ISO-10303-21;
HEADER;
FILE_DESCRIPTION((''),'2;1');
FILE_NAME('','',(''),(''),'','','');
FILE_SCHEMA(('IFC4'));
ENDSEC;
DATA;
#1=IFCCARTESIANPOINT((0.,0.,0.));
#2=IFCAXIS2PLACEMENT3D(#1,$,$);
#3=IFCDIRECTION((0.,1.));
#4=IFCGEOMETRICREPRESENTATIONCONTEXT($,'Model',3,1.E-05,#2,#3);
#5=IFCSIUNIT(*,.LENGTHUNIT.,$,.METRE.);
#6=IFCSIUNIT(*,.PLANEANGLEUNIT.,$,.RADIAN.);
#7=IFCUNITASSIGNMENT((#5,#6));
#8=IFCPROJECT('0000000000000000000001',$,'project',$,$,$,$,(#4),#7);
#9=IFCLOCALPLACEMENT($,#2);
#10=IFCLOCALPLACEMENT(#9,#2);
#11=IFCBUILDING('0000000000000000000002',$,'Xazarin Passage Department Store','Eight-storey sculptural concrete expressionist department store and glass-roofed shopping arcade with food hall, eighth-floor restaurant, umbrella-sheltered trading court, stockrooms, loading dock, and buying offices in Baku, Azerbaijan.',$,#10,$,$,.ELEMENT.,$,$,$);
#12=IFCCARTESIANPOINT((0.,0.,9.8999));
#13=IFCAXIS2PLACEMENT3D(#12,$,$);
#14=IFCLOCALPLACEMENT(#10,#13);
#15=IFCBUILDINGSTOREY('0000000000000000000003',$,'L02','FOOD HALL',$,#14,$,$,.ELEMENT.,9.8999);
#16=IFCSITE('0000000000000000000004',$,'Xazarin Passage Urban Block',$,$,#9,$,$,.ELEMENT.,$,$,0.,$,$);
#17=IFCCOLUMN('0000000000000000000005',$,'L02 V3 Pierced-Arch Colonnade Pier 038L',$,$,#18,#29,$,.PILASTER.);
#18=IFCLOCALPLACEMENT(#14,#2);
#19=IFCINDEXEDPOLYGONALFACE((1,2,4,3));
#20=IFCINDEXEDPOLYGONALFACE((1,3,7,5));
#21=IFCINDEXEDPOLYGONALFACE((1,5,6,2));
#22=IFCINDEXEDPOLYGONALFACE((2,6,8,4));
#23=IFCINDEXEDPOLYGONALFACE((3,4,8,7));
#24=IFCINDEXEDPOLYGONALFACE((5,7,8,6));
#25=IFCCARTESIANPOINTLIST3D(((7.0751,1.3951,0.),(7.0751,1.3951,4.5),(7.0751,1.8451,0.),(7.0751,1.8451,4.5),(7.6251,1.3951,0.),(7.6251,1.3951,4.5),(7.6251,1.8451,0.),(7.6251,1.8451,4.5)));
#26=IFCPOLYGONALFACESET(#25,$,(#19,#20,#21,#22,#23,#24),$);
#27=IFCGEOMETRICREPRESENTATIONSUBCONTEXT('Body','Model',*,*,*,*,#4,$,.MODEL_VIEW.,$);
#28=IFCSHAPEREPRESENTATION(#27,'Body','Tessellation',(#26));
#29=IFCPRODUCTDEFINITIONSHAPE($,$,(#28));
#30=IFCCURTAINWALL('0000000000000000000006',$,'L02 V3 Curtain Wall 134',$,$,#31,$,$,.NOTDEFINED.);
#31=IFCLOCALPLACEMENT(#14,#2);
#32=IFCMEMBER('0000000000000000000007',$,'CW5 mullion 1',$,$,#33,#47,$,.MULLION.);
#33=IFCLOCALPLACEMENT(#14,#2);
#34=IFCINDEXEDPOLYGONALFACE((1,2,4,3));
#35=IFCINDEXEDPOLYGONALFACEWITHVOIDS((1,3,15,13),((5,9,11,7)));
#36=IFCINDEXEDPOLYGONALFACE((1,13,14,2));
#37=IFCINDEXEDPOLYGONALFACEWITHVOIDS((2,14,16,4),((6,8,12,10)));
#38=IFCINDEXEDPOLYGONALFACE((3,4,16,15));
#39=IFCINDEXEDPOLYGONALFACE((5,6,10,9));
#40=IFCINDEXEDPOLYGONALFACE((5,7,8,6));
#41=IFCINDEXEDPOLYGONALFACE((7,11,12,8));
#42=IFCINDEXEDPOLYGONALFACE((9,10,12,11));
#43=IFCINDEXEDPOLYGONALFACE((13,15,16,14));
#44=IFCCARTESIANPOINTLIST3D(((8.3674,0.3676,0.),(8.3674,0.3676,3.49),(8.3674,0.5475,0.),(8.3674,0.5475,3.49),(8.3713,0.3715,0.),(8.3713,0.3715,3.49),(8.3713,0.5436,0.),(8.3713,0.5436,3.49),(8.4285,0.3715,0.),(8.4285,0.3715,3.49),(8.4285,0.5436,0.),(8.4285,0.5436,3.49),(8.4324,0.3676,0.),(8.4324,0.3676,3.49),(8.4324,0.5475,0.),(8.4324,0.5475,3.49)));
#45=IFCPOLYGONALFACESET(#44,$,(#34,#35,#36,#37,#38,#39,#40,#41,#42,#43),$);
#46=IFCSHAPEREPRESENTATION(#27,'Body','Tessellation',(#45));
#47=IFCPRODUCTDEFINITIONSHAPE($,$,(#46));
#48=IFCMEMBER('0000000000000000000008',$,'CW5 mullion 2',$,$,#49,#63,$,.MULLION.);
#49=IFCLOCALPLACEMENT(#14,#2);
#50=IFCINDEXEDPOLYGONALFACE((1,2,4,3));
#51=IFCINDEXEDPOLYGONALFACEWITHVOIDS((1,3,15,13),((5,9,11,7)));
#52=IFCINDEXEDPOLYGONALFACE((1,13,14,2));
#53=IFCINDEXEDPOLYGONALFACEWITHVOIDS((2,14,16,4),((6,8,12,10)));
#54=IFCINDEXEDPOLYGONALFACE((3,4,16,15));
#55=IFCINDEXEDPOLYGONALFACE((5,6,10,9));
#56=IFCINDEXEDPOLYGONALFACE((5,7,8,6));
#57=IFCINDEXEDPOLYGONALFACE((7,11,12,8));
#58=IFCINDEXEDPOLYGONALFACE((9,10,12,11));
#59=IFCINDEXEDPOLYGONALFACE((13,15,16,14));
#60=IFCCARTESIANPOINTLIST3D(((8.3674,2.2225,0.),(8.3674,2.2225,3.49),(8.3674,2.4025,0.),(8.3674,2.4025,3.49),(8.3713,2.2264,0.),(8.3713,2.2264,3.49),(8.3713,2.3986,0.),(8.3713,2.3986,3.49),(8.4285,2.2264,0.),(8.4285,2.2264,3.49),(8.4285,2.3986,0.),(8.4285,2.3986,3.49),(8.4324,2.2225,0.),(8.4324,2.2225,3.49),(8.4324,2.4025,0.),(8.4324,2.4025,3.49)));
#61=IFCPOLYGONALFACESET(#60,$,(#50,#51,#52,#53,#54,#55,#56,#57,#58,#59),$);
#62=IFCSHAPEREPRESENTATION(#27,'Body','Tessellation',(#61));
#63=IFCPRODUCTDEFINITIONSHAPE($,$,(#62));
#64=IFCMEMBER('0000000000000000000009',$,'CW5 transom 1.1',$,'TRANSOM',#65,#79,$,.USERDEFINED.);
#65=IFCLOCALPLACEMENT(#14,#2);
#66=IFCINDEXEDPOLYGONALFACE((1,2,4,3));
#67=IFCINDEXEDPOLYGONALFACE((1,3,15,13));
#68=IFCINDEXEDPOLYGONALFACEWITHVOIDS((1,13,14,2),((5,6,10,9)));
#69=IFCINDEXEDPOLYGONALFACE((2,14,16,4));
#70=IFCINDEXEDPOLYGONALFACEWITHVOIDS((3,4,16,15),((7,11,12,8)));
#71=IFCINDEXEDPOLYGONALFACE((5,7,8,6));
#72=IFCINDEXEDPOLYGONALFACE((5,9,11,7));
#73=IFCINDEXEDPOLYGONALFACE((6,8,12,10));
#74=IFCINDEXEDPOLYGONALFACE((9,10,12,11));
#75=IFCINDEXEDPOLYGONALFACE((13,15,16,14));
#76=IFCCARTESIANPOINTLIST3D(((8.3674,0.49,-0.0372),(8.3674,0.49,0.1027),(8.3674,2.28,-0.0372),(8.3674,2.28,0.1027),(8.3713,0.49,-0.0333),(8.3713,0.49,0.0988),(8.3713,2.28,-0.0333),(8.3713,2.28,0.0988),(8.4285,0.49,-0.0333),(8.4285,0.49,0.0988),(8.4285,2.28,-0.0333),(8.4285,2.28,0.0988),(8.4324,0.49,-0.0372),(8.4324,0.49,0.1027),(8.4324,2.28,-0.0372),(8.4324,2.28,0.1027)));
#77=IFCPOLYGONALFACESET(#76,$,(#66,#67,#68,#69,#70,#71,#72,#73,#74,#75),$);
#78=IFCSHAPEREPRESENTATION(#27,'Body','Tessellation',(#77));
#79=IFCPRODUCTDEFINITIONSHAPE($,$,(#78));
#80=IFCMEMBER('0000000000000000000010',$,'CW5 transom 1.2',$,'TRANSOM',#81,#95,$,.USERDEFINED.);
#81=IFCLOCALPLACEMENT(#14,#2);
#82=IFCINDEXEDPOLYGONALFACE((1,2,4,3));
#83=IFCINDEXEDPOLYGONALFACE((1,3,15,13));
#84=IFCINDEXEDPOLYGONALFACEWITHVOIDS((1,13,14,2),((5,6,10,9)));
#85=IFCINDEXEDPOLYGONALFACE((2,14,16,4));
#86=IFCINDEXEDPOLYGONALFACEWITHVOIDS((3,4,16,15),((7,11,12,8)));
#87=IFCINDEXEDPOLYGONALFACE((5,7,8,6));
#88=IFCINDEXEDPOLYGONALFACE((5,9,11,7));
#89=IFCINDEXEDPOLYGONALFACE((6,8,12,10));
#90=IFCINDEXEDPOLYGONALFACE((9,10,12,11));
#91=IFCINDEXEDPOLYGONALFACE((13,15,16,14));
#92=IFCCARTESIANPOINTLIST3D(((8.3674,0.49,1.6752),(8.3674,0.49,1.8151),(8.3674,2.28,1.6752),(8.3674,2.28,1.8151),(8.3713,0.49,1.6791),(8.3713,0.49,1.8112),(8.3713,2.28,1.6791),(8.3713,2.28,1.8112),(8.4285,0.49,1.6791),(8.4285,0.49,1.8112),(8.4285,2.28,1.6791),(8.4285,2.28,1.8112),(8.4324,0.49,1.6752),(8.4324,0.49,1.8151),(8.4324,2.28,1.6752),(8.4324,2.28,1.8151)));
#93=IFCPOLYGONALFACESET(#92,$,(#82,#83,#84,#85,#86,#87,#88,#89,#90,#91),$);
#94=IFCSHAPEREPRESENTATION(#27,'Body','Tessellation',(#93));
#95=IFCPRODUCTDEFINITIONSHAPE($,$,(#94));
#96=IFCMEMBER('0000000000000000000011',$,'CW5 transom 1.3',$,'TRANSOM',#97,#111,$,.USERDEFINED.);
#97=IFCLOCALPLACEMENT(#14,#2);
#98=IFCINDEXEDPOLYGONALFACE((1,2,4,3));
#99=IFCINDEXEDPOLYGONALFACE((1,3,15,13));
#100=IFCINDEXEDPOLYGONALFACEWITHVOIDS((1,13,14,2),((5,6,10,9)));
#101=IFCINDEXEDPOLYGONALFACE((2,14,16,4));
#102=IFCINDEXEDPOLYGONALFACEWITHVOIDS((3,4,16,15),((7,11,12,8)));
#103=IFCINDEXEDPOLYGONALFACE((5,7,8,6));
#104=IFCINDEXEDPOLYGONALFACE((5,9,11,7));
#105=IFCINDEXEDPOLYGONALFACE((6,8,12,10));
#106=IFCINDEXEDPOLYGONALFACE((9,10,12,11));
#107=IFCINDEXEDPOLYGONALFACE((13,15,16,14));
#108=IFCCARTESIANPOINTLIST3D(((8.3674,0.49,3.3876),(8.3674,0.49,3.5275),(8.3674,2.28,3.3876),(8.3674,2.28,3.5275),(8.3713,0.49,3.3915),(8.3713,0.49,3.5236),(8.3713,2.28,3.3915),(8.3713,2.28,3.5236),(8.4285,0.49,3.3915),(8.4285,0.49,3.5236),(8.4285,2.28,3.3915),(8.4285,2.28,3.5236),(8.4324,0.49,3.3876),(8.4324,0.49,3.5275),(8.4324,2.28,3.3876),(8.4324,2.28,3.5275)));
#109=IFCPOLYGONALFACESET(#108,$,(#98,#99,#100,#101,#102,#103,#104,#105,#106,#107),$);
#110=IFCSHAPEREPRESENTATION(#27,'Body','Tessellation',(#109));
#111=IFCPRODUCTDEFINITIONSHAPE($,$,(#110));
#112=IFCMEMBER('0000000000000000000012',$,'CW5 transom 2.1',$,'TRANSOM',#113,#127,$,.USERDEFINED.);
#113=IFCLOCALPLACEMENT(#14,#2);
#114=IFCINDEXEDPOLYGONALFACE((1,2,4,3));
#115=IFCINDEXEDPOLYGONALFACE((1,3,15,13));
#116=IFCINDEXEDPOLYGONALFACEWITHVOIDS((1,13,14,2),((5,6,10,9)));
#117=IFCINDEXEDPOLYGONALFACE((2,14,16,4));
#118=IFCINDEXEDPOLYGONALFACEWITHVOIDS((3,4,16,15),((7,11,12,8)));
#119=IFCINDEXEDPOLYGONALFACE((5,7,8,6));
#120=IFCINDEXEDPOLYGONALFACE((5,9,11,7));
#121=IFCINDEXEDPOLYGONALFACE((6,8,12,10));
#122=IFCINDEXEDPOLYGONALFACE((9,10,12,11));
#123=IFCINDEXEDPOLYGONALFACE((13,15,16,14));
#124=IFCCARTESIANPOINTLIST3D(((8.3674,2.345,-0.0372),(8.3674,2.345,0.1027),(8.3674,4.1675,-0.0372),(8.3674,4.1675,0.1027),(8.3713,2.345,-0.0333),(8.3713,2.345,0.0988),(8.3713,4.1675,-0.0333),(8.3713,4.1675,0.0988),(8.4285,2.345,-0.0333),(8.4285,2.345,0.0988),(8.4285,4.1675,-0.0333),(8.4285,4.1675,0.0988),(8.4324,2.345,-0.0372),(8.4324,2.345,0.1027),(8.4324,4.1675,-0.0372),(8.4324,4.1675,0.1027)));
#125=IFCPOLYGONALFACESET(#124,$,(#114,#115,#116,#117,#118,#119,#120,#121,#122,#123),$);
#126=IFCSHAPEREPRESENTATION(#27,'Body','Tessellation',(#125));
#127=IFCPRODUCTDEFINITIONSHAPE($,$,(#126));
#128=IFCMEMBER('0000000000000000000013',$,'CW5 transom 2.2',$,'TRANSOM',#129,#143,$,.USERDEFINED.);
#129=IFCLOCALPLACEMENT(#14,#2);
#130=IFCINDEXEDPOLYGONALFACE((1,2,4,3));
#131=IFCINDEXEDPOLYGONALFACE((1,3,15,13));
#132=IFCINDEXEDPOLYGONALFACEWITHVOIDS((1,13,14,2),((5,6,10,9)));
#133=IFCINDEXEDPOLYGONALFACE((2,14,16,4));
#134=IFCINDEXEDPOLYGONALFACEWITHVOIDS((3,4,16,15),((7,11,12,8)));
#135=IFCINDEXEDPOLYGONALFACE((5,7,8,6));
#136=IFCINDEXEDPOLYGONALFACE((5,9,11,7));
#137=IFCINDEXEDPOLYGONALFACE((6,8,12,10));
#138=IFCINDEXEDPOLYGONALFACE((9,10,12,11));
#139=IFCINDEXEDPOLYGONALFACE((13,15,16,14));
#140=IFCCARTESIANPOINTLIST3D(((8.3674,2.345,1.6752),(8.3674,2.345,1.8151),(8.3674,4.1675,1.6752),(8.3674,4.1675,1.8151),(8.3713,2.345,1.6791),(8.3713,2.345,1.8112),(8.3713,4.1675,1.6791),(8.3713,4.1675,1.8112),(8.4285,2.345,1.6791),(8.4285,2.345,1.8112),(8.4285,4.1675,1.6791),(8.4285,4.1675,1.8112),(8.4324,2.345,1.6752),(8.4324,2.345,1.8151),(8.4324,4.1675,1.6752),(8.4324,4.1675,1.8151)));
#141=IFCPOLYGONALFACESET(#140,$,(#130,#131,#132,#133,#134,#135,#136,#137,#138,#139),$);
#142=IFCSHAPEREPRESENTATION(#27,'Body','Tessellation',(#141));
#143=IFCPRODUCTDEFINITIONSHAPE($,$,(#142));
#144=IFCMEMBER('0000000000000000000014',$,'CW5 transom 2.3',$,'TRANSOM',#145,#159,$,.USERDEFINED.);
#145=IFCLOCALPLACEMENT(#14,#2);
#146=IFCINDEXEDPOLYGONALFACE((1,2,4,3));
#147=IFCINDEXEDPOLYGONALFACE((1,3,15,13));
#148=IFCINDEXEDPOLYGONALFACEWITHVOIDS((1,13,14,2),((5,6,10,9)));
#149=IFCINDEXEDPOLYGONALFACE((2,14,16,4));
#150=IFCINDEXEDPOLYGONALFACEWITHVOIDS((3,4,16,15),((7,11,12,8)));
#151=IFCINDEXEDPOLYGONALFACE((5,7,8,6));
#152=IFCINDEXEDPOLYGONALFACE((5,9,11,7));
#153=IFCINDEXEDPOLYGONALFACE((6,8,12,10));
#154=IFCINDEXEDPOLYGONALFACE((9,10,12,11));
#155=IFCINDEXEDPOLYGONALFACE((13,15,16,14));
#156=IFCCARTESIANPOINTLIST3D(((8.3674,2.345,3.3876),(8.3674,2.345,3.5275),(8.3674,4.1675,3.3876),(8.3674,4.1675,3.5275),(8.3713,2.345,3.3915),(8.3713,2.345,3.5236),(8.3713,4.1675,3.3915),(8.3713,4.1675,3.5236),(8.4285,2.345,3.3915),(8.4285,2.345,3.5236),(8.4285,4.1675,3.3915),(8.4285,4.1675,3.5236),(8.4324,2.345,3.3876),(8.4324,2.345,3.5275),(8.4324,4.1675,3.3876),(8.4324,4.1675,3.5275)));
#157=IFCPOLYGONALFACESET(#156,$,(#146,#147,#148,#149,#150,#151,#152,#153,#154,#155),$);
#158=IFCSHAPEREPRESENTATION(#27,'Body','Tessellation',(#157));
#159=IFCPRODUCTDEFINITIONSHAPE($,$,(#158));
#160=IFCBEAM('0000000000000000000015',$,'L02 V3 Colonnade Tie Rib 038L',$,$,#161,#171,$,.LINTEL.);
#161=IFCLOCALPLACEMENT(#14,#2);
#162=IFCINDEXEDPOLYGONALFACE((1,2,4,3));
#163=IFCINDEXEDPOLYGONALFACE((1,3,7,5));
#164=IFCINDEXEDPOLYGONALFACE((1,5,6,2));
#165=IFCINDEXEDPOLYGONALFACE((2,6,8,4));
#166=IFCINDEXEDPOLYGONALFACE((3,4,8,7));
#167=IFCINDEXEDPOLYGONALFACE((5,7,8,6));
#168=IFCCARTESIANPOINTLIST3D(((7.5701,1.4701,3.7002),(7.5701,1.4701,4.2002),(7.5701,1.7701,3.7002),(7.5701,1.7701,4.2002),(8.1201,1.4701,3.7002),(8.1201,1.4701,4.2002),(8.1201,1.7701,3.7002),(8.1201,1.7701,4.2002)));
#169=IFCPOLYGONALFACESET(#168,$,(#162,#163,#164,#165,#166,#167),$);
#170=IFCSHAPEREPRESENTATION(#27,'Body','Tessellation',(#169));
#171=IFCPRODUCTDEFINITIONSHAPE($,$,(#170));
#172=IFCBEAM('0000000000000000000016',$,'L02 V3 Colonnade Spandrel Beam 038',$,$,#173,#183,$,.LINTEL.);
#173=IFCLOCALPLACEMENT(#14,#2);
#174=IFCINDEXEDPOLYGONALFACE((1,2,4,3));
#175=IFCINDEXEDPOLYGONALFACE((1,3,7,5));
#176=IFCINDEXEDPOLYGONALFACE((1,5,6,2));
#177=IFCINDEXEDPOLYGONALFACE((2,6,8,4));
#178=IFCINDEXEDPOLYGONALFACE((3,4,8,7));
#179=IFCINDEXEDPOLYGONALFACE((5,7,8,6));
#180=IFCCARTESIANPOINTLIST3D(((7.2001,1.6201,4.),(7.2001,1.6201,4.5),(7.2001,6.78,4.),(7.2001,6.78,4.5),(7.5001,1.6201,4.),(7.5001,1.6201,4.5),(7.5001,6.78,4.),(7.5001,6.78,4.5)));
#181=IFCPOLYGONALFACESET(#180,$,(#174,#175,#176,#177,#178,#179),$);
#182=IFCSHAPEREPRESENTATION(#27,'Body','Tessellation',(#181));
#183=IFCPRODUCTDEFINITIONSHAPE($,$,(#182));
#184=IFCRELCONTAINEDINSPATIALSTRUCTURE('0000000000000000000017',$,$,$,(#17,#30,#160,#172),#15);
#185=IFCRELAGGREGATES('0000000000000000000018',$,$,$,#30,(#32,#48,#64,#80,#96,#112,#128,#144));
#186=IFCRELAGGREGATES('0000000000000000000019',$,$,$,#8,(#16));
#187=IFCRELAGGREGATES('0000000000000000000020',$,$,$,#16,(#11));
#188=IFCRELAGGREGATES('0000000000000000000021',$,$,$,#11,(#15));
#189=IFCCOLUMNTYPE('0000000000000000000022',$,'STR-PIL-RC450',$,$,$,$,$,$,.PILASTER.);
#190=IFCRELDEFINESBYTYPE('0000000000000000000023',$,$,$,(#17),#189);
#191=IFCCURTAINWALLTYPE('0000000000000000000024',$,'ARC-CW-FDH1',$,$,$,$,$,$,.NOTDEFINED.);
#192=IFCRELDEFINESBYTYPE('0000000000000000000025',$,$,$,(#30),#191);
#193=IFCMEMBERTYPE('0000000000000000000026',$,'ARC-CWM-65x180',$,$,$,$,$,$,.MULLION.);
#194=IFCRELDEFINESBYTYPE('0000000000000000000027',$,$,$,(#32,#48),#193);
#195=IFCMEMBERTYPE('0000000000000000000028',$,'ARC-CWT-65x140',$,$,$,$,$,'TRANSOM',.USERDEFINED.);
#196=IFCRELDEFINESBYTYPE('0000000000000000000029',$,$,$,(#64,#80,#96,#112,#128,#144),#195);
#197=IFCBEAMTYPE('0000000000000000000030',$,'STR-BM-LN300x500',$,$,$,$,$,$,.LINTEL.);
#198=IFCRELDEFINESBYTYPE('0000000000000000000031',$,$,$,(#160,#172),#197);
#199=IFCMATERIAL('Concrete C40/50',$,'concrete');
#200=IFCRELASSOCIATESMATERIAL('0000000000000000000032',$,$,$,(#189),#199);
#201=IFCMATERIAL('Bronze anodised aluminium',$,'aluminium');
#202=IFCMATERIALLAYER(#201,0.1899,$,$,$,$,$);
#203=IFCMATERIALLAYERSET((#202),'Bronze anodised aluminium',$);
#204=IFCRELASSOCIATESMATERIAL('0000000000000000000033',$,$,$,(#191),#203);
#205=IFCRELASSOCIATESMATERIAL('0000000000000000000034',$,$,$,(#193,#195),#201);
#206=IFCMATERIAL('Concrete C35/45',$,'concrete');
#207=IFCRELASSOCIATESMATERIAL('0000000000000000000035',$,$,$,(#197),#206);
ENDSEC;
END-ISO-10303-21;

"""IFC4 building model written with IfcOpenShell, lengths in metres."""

from ifc_helpers import new_model, si_unit, direction, frame, origin, origin_2d, place, context, subcontext, project, spatial, rectangle, hollow_rectangle, extrude, material, layer, layer_set, material_profile, profile_set, type_object, element, aggregate, save


model = new_model("IFC4")

# Units and contexts
model_context = context("Model", 3, precision=1e-05, world=origin(), true_north=direction((0.0, 1.0)))
body_context = subcontext(model_context, "Body", "Model", "MODEL_VIEW")
ifc_project = project(units=[si_unit("LENGTHUNIT", "METRE"), si_unit("PLANEANGLEUNIT", "RADIAN")], contexts=[model_context])

# Site, building, storey
site_placement = place(None, origin())
site = spatial("IfcSite", under=ifc_project, at=site_placement, Name="Xazarin Passage Urban Block", CompositionType="ELEMENT", RefElevation=0.0)
building_placement = place(site_placement, origin())
building = spatial("IfcBuilding", under=site, at=building_placement, Name="Xazarin Passage Department Store", Description="Eight-storey sculptural concrete expressionist department store and glass-roofed shopping arcade with food hall, eighth-floor restaurant, umbrella-sheltered trading court, stockrooms, loading dock, and buying offices in Baku, Azerbaijan.", CompositionType="ELEMENT")
storey_placement = place(building_placement, frame((0.0, 0.0, 9.8999)))
storey = spatial("IfcBuildingStorey", under=building, at=storey_placement, Name="L02", Description="FOOD HALL", CompositionType="ELEMENT", Elevation=9.8999)

# Column
ifc_material_1 = material(Name="Concrete C40/50", Category="concrete")
ifc_material_profile_1 = material_profile(ifc_material_1, rectangle(XDim=0.45, YDim=0.55, at=origin_2d()), Name="RC 450x550")
ifc_profile_set_1 = profile_set([ifc_material_profile_1], Name="Concrete C40/50")
column_type = type_object("IfcColumnType", Name="STR-PIL-RC450", PredefinedType="PILASTER", material=ifc_profile_set_1)
column_placement = place(storey_placement, frame((7.3501, 1.6201, 0.0), z_axis=(0.0, 0.0, 1.0), x_axis=(0.0, 1.0, 0.0)))
element("IfcColumn", 1, at=column_placement, inside=storey, type_object=column_type, Name="L02 V3 Pierced-Arch Colonnade Pier 038L", PredefinedType="PILASTER", context=body_context, shape_type="SweptSolid", body=[
    extrude(rectangle(XDim=0.45, YDim=0.55, at=origin_2d()), origin(), (0.0, 0.0, 1.0), 4.5),
])

# Curtain wall, members
ifc_material_2 = material(Name="Bronze anodised aluminium", Category="aluminium")
ifc_layer_1 = layer(ifc_material_2, 0.1899)
ifc_layer_set_1 = layer_set([ifc_layer_1], Name="Bronze anodised aluminium")
curtain_wall_type = type_object("IfcCurtainWallType", Name="ARC-CW-FDH1", PredefinedType="NOTDEFINED", material=ifc_layer_set_1)
curtain_wall_placement = place(storey_placement, origin())
curtain_wall = element("IfcCurtainWall", 2, at=curtain_wall_placement, inside=storey, type_object=curtain_wall_type, Name="L02 V3 Curtain Wall 134", PredefinedType="NOTDEFINED")
ifc_material_profile_2 = material_profile(ifc_material_2, hollow_rectangle(XDim=0.0649, YDim=0.1799, WallThickness=0.0039, at=origin_2d()), Name="ALU 65x180")
ifc_profile_set_2 = profile_set([ifc_material_profile_2], Name="Bronze anodised aluminium")
member_type_1 = type_object("IfcMemberType", Name="ARC-CWM-65x180", PredefinedType="MULLION", material=ifc_profile_set_2)
member_1_placement = place(storey_placement, frame((8.3999, 0.4575, 0.0), z_axis=(0.0, 0.0, 1.0), x_axis=(-1.0, 0.0, 0.0)))
member_1 = element("IfcMember", 3, at=member_1_placement, type_object=member_type_1, Name="CW5 mullion 1", PredefinedType="MULLION", context=body_context, shape_type="SweptSolid", body=[
    extrude(hollow_rectangle(XDim=0.0649, YDim=0.1799, WallThickness=0.0039, at=origin_2d()), origin(), (0.0, 0.0, 1.0), 3.49),
])
member_2_placement = place(storey_placement, frame((8.3999, 2.3125, 0.0), z_axis=(0.0, 0.0, 1.0), x_axis=(-1.0, 0.0, 0.0)))
member_2 = element("IfcMember", 4, at=member_2_placement, type_object=member_type_1, Name="CW5 mullion 2", PredefinedType="MULLION", context=body_context, shape_type="SweptSolid", body=[
    extrude(hollow_rectangle(XDim=0.0649, YDim=0.1799, WallThickness=0.0039, at=origin_2d()), origin(), (0.0, 0.0, 1.0), 3.49),
])
ifc_material_profile_3 = material_profile(ifc_material_2, hollow_rectangle(XDim=0.0649, YDim=0.1399, WallThickness=0.0039, at=origin_2d()), Name="ALU 65x140")
ifc_profile_set_3 = profile_set([ifc_material_profile_3], Name="Bronze anodised aluminium")
member_type_2 = type_object("IfcMemberType", Name="ARC-CWT-65x140", ElementType="TRANSOM", PredefinedType="USERDEFINED", material=ifc_profile_set_3)
member_3_placement = place(storey_placement, frame((8.3999, 0.49, 0.0327), z_axis=(0.0, 1.0, 0.0), x_axis=(-1.0, 0.0, 0.0)))
member_3 = element("IfcMember", 5, at=member_3_placement, type_object=member_type_2, Name="CW5 transom 1.1", ObjectType="TRANSOM", PredefinedType="USERDEFINED", context=body_context, shape_type="SweptSolid", body=[
    extrude(hollow_rectangle(XDim=0.0649, YDim=0.1399, WallThickness=0.0039, at=origin_2d()), origin(), (0.0, 0.0, 1.0), 1.79),
])
member_4_placement = place(storey_placement, frame((8.3999, 0.49, 1.7451), z_axis=(0.0, 1.0, 0.0), x_axis=(-1.0, 0.0, 0.0)))
member_4 = element("IfcMember", 6, at=member_4_placement, type_object=member_type_2, Name="CW5 transom 1.2", ObjectType="TRANSOM", PredefinedType="USERDEFINED", context=body_context, shape_type="SweptSolid", body=[
    extrude(hollow_rectangle(XDim=0.0649, YDim=0.1399, WallThickness=0.0039, at=origin_2d()), origin(), (0.0, 0.0, 1.0), 1.79),
])
member_5_placement = place(storey_placement, frame((8.3999, 0.49, 3.4575), z_axis=(0.0, 1.0, 0.0), x_axis=(-1.0, 0.0, 0.0)))
member_5 = element("IfcMember", 7, at=member_5_placement, type_object=member_type_2, Name="CW5 transom 1.3", ObjectType="TRANSOM", PredefinedType="USERDEFINED", context=body_context, shape_type="SweptSolid", body=[
    extrude(hollow_rectangle(XDim=0.0649, YDim=0.1399, WallThickness=0.0039, at=origin_2d()), origin(), (0.0, 0.0, 1.0), 1.79),
])
member_6_placement = place(storey_placement, frame((8.3999, 2.345, 0.0327), z_axis=(0.0, 1.0, 0.0), x_axis=(-1.0, 0.0, 0.0)))
member_6 = element("IfcMember", 8, at=member_6_placement, type_object=member_type_2, Name="CW5 transom 2.1", ObjectType="TRANSOM", PredefinedType="USERDEFINED", context=body_context, shape_type="SweptSolid", body=[
    extrude(hollow_rectangle(XDim=0.0649, YDim=0.1399, WallThickness=0.0039, at=origin_2d()), origin(), (0.0, 0.0, 1.0), 1.8225),
])
member_7_placement = place(storey_placement, frame((8.3999, 2.345, 1.7451), z_axis=(0.0, 1.0, 0.0), x_axis=(-1.0, 0.0, 0.0)))
member_7 = element("IfcMember", 9, at=member_7_placement, type_object=member_type_2, Name="CW5 transom 2.2", ObjectType="TRANSOM", PredefinedType="USERDEFINED", context=body_context, shape_type="SweptSolid", body=[
    extrude(hollow_rectangle(XDim=0.0649, YDim=0.1399, WallThickness=0.0039, at=origin_2d()), origin(), (0.0, 0.0, 1.0), 1.8225),
])
member_8_placement = place(storey_placement, frame((8.3999, 2.345, 3.4575), z_axis=(0.0, 1.0, 0.0), x_axis=(-1.0, 0.0, 0.0)))
member_8 = element("IfcMember", 10, at=member_8_placement, type_object=member_type_2, Name="CW5 transom 2.3", ObjectType="TRANSOM", PredefinedType="USERDEFINED", context=body_context, shape_type="SweptSolid", body=[
    extrude(hollow_rectangle(XDim=0.0649, YDim=0.1399, WallThickness=0.0039, at=origin_2d()), origin(), (0.0, 0.0, 1.0), 1.8225),
])

# Beams
ifc_material_3 = material(Name="Concrete C35/45", Category="concrete")
ifc_material_profile_4 = material_profile(ifc_material_3, rectangle(XDim=0.3, YDim=0.5, at=origin_2d()), Name="RC 300x500")
ifc_profile_set_4 = profile_set([ifc_material_profile_4], Name="Concrete C35/45")
beam_type_1 = type_object("IfcBeamType", Name="STR-BM-LN300x500", PredefinedType="LINTEL", material=ifc_profile_set_4)
beam_1_placement = place(storey_placement, frame((8.1201, 1.6201, 3.9502), z_axis=(-1.0, 0.0, 0.0), x_axis=(0.0, -1.0, 0.0)))
element("IfcBeam", 11, at=beam_1_placement, inside=storey, type_object=beam_type_1, Name="L02 V3 Colonnade Tie Rib 038L", PredefinedType="LINTEL", context=body_context, shape_type="SweptSolid", body=[
    extrude(rectangle(XDim=0.3, YDim=0.5, at=origin_2d()), origin(), (0.0, 0.0, 1.0), 0.55),
])
beam_2_placement = place(storey_placement, frame((7.3501, 1.6201, 4.25), z_axis=(0.0, 1.0, 0.0), x_axis=(-1.0, 0.0, 0.0)))
element("IfcBeam", 12, at=beam_2_placement, inside=storey, type_object=beam_type_1, Name="L02 V3 Colonnade Spandrel Beam 038", PredefinedType="LINTEL", context=body_context, shape_type="SweptSolid", body=[
    extrude(rectangle(XDim=0.3, YDim=0.5, at=origin_2d()), origin(), (0.0, 0.0, 1.0), 5.1599),
])

aggregate(curtain_wall, [member_1, member_2, member_3, member_4, member_5, member_6, member_7, member_8])

save(model, "model.ifc")
